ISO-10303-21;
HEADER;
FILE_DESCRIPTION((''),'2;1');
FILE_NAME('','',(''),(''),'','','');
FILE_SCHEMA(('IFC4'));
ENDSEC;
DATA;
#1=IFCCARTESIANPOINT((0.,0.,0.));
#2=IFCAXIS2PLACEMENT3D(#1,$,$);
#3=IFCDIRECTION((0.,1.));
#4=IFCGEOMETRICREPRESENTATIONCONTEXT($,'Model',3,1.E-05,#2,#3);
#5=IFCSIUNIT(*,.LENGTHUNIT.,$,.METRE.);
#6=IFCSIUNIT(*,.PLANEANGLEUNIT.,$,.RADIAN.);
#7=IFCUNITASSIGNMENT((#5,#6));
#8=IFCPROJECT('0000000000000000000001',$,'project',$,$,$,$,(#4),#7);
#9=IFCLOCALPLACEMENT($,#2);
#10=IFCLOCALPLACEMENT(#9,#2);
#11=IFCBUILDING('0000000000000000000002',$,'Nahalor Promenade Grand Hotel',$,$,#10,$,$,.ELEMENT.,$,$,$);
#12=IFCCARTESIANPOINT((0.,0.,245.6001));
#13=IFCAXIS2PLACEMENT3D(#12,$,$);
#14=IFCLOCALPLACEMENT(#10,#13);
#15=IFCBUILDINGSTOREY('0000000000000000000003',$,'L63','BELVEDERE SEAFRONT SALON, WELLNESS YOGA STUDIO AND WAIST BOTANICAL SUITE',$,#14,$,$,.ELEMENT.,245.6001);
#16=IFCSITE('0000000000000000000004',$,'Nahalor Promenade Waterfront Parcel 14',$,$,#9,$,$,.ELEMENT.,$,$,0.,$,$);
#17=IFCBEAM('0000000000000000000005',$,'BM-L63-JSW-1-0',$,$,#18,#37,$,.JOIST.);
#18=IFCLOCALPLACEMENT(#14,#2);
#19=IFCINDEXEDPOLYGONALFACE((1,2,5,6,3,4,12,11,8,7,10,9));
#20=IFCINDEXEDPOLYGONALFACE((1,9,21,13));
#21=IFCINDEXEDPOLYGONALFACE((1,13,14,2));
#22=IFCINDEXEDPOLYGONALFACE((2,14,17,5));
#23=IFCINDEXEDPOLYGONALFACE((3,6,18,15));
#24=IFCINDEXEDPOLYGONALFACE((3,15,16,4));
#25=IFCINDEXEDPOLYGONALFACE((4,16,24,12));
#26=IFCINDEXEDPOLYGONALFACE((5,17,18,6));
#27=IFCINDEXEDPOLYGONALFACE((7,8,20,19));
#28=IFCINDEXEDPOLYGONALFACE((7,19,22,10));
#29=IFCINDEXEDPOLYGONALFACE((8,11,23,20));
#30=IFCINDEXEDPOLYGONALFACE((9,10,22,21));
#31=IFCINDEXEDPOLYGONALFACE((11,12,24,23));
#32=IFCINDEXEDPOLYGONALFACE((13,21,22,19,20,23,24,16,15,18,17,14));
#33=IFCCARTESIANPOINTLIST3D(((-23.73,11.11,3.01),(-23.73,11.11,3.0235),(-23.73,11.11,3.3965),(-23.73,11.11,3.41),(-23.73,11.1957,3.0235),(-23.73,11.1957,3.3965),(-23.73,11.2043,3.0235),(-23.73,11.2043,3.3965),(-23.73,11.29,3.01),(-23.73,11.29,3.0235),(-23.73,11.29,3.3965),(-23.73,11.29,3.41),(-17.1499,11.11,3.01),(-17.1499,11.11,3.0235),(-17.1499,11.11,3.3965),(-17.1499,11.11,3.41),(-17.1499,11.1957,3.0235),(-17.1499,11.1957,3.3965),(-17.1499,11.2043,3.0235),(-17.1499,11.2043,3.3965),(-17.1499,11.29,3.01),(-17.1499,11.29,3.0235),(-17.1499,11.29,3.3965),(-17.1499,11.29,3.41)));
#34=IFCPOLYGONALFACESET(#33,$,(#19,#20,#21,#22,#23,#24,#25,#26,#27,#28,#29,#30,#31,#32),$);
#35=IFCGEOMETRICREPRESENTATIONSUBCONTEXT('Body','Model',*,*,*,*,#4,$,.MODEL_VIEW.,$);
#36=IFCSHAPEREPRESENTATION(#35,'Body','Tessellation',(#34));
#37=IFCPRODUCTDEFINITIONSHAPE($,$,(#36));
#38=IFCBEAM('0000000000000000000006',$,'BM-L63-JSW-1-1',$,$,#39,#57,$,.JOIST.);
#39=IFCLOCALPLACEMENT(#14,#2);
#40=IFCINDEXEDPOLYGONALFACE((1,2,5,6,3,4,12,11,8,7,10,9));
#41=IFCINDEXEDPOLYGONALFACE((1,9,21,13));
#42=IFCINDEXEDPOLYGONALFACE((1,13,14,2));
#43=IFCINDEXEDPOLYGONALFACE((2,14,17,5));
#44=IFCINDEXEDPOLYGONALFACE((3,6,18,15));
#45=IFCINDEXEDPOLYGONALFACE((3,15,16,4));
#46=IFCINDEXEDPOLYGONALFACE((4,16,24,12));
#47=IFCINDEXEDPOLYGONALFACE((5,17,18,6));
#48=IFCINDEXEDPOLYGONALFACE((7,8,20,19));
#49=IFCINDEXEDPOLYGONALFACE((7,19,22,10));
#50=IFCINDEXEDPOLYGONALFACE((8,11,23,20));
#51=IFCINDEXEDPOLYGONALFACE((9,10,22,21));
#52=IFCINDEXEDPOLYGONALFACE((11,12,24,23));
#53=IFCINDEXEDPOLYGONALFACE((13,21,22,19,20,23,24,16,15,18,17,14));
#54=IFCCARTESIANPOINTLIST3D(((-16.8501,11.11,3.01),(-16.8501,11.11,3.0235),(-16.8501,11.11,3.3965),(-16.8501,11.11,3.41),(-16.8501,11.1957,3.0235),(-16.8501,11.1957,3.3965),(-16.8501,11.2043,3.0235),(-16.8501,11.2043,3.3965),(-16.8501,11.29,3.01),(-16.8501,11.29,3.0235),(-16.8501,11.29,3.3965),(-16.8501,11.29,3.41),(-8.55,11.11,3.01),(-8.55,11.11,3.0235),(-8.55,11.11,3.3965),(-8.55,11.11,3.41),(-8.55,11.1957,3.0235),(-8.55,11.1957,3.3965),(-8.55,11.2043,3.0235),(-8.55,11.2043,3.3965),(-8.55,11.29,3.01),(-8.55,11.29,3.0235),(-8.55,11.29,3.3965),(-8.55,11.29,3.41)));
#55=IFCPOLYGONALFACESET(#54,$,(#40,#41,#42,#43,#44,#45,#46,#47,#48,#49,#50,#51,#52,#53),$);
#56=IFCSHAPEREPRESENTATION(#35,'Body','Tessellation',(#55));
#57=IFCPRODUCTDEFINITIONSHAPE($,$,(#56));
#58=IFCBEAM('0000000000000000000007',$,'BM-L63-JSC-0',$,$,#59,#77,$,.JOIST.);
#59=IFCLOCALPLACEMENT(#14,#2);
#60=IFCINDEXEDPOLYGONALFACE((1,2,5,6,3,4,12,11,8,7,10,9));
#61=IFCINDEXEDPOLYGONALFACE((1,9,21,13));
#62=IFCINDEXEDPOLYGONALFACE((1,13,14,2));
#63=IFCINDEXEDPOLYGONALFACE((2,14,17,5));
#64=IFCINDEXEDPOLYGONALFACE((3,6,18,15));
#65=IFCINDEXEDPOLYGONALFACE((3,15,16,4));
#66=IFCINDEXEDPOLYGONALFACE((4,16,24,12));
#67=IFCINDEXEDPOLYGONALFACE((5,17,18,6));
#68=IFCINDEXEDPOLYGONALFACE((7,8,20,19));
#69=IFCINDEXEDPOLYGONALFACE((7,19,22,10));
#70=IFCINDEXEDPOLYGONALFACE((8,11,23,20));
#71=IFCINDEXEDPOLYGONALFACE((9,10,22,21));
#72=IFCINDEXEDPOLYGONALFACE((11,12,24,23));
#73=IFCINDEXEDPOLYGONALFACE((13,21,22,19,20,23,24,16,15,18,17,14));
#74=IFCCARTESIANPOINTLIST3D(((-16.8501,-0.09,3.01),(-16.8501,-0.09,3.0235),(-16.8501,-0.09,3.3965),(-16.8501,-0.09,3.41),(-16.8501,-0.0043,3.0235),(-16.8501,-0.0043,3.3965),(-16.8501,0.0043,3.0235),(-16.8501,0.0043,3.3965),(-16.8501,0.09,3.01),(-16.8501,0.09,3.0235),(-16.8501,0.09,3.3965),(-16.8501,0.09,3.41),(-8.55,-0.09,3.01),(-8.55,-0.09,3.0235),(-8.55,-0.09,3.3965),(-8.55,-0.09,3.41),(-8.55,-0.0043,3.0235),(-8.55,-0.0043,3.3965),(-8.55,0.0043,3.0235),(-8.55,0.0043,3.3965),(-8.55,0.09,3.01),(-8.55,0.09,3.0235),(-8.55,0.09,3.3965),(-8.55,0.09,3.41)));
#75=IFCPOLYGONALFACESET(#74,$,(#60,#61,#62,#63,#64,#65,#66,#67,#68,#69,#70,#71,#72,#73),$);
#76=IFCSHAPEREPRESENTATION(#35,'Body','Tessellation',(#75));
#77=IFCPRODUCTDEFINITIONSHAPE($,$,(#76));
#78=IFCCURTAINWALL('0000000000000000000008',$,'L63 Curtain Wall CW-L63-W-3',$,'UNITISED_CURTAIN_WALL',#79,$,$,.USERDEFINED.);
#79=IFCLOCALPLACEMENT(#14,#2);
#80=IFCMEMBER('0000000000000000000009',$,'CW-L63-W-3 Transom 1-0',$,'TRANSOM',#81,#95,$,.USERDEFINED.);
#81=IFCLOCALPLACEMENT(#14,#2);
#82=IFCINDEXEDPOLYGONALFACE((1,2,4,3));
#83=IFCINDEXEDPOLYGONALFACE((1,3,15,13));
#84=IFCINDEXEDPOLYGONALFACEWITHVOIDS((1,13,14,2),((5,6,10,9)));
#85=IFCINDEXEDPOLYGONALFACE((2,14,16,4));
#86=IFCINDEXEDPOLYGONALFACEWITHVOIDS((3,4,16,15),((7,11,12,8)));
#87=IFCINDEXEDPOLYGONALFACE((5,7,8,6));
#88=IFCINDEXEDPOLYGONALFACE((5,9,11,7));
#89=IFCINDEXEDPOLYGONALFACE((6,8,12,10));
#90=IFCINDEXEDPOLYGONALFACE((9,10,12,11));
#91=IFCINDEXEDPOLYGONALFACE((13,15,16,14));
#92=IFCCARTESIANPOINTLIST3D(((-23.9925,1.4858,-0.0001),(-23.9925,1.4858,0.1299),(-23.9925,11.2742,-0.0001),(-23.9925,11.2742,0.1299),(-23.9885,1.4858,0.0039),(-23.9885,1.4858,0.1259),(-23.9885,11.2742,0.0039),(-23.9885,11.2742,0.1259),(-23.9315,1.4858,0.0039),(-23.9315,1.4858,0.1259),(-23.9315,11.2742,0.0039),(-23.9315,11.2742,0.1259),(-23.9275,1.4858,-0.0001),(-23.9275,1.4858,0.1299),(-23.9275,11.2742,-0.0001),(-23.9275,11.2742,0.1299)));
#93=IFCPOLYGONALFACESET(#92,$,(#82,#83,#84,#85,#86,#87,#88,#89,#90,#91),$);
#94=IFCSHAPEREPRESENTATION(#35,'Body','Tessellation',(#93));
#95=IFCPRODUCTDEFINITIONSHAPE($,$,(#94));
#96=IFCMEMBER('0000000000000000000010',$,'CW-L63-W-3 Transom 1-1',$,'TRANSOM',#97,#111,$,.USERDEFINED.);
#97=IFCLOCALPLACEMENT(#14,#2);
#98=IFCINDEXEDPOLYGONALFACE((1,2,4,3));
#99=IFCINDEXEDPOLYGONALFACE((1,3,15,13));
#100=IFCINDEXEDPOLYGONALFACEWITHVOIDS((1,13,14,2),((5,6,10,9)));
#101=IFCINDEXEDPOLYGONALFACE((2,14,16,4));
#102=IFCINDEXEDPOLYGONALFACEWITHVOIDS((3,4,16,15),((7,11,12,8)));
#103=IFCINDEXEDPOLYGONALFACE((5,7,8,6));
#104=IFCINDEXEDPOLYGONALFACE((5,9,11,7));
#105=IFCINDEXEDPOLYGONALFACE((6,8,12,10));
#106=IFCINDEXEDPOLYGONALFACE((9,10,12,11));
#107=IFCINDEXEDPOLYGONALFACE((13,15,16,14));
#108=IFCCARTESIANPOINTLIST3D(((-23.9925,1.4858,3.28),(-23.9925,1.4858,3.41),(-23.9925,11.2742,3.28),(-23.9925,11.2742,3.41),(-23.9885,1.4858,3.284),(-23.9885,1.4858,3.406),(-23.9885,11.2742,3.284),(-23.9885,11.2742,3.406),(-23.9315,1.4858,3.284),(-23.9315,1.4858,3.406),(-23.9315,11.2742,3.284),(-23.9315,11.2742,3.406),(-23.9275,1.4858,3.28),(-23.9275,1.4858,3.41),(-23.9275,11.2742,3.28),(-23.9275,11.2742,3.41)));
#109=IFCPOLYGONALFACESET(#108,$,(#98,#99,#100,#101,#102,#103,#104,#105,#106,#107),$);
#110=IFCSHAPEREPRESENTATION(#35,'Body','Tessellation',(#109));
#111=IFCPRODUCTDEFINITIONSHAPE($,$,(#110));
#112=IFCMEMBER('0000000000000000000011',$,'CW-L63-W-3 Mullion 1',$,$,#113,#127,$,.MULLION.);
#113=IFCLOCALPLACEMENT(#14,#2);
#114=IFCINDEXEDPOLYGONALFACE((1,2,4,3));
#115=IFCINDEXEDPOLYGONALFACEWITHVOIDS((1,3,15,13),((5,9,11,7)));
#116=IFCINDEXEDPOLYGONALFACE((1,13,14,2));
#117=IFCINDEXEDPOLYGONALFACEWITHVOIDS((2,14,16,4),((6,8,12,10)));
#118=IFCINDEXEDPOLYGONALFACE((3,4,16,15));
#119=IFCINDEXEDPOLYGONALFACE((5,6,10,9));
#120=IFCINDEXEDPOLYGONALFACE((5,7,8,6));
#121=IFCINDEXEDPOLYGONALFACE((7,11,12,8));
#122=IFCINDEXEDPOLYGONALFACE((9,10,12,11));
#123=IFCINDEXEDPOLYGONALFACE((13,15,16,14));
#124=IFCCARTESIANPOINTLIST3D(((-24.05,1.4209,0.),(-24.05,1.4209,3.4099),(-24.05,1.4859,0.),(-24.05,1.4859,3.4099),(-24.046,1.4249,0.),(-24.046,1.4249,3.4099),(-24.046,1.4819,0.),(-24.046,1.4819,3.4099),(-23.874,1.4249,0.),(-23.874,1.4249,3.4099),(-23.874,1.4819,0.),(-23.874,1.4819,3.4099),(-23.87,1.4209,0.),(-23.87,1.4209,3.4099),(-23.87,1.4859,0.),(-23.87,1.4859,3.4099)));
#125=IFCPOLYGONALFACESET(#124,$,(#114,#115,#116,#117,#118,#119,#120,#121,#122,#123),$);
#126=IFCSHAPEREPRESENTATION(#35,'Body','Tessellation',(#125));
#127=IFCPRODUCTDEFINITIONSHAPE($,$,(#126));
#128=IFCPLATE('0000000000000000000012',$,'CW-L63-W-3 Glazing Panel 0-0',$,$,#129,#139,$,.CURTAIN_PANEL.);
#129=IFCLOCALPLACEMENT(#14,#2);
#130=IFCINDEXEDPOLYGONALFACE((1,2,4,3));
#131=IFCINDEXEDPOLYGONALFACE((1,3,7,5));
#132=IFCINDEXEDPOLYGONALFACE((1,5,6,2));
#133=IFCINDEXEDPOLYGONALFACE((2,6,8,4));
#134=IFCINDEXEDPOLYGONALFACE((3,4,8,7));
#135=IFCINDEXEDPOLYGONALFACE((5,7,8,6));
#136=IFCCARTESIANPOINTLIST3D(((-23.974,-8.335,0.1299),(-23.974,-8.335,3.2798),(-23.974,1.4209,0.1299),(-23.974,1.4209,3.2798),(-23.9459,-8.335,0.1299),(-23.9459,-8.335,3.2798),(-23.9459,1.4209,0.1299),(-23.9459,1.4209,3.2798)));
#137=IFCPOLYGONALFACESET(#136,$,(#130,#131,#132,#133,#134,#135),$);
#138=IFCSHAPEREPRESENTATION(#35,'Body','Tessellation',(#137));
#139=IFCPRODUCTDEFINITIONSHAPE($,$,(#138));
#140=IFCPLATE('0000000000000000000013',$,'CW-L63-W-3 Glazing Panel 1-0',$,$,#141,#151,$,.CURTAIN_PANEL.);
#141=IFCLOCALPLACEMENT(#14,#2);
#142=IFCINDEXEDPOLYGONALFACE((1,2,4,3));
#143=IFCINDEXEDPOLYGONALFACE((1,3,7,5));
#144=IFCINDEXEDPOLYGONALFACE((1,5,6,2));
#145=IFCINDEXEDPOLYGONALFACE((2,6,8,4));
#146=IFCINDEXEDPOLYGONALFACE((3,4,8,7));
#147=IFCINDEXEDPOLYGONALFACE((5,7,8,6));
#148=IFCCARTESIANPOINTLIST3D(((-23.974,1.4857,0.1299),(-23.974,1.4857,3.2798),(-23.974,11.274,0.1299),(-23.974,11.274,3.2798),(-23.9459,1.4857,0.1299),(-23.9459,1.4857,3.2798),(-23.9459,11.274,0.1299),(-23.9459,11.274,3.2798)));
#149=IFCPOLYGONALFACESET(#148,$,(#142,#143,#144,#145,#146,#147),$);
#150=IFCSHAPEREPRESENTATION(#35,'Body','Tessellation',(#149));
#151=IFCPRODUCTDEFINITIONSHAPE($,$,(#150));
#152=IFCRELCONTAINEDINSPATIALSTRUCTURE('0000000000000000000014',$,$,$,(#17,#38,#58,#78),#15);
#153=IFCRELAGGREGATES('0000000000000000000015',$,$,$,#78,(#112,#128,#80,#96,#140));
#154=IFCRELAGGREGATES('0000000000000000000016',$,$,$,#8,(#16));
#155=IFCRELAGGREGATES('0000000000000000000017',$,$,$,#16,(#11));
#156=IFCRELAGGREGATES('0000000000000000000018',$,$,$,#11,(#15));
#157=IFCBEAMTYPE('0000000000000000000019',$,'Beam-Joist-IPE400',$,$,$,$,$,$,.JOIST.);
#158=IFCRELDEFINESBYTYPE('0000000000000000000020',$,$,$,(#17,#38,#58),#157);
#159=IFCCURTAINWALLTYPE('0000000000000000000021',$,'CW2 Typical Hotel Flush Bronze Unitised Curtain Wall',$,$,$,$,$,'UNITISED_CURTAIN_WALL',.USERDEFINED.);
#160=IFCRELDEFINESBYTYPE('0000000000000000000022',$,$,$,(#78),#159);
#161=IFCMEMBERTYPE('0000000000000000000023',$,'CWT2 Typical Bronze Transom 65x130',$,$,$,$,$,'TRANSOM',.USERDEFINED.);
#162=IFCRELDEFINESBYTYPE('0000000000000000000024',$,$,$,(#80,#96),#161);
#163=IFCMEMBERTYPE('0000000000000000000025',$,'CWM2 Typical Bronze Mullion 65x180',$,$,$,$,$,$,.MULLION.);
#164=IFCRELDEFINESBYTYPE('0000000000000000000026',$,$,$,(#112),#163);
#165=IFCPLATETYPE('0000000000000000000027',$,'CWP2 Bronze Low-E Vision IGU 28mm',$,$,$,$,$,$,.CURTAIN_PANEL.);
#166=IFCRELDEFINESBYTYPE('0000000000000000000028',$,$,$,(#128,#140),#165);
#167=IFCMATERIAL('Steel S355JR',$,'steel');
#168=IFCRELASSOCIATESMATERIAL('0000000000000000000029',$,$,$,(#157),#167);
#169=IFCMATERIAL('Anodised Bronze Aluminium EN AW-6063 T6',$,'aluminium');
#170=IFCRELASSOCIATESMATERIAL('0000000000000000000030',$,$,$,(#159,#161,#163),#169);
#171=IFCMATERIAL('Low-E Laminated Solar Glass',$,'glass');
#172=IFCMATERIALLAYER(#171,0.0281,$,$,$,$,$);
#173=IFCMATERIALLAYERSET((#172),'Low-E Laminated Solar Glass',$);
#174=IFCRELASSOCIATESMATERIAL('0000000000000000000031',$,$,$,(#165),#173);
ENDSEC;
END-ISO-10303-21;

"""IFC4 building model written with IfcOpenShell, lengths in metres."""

from ifc_helpers import new_model, si_unit, direction, frame, origin, origin_2d, place, context, subcontext, project, spatial, rectangle, hollow_rectangle, i_section, extrude, source, transform, mapped, material, layer, layer_set, material_profile, profile_set, type_object, element, aggregate, save


model = new_model("IFC4")

# Units and contexts
model_context = context("Model", 3, precision=1e-05, world=origin(), true_north=direction((0.0, 1.0)))
body_context = subcontext(model_context, "Body", "Model", "MODEL_VIEW")
ifc_project = project(units=[si_unit("LENGTHUNIT", "METRE"), si_unit("PLANEANGLEUNIT", "RADIAN")], contexts=[model_context])

# Site, building, storey
site_placement = place(None, origin())
site = spatial("IfcSite", under=ifc_project, at=site_placement, Name="Nahalor Promenade Waterfront Parcel 14", CompositionType="ELEMENT", RefElevation=0.0)
building_placement = place(site_placement, origin())
building = spatial("IfcBuilding", under=site, at=building_placement, Name="Nahalor Promenade Grand Hotel", CompositionType="ELEMENT")
storey_placement = place(building_placement, frame((0.0, 0.0, 245.6001)))
storey = spatial("IfcBuildingStorey", under=building, at=storey_placement, Name="L63", Description="BELVEDERE SEAFRONT SALON, WELLNESS YOGA STUDIO AND WAIST BOTANICAL SUITE", CompositionType="ELEMENT", Elevation=245.6001)

# Shared definitions
ifc_material_1 = material(Name="Steel S355JR", Category="steel")

# Beams
ifc_material_profile_1 = material_profile(ifc_material_1, i_section(OverallWidth=0.18, OverallDepth=0.4, WebThickness=0.0086, FlangeThickness=0.0135, at=origin_2d()), Name="IPE 400")
ifc_profile_set_1 = profile_set([ifc_material_profile_1], Name="Steel S355JR")
beam_type_1 = type_object("IfcBeamType", Name="Beam-Joist-IPE400", PredefinedType="JOIST", material=ifc_profile_set_1)
shared_shape_1 = source(origin(), body_context, "Body", "SweptSolid", [
    extrude(i_section(OverallWidth=0.18, OverallDepth=0.4, WebThickness=0.0086, FlangeThickness=0.0135, at=origin_2d()), origin(), (0.0, 0.0, 1.0), 6.5801),
])
beam_1_placement = place(storey_placement, frame((-23.73, 11.2, 3.21), z_axis=(1.0, 0.0, 0.0), x_axis=(0.0, 1.0, 0.0)))
element("IfcBeam", 1, at=beam_1_placement, inside=storey, type_object=beam_type_1, Name="BM-L63-JSW-1-0", PredefinedType="JOIST", context=body_context, shape_type="MappedRepresentation", body=[
    mapped(shared_shape_1, transform((0.0, 0.0, 0.0), scale=1.0)),
])
shared_shape_2 = source(origin(), body_context, "Body", "SweptSolid", [
    extrude(i_section(OverallWidth=0.18, OverallDepth=0.4, WebThickness=0.0086, FlangeThickness=0.0135, at=origin_2d()), origin(), (0.0, 0.0, 1.0), 8.3),
])
for number, where, z_axis, x_axis, name in (
    (2, (-16.8501, 11.2, 3.21), (1.0, 0.0, 0.0), (0.0, 1.0, 0.0), "BM-L63-JSW-1-1"),
    (3, (-16.8501, 0.0, 3.21), (1.0, 0.0, 0.0), (0.0, 1.0, 0.0), "BM-L63-JSC-0"),
):
    element("IfcBeam", number, at=place(storey_placement, frame(where, z_axis=z_axis, x_axis=x_axis)), inside=storey, type_object=beam_type_1, Name=name, PredefinedType="JOIST", context=body_context, shape_type="MappedRepresentation", body=[
        mapped(shared_shape_2, transform((0.0, 0.0, 0.0), scale=1.0)),
    ])

# Curtain wall, members, plates
ifc_material_2 = material(Name="Anodised Bronze Aluminium EN AW-6063 T6", Category="aluminium")
curtain_wall_type = type_object("IfcCurtainWallType", Name="CW2 Typical Hotel Flush Bronze Unitised Curtain Wall", ElementType="UNITISED_CURTAIN_WALL", PredefinedType="USERDEFINED", material=ifc_material_2)
curtain_wall_placement = place(storey_placement, origin())
curtain_wall = element("IfcCurtainWall", 4, at=curtain_wall_placement, inside=storey, type_object=curtain_wall_type, Name="L63 Curtain Wall CW-L63-W-3", ObjectType="UNITISED_CURTAIN_WALL", PredefinedType="USERDEFINED")
ifc_material_profile_2 = material_profile(ifc_material_2, hollow_rectangle(XDim=0.065, YDim=0.13, WallThickness=0.004, at=origin_2d()), Name="CWT 65x130x4")
ifc_profile_set_2 = profile_set([ifc_material_profile_2], Name="Anodised Bronze Aluminium EN AW-6063 T6")
member_type_1 = type_object("IfcMemberType", Name="CWT2 Typical Bronze Transom 65x130", ElementType="TRANSOM", PredefinedType="USERDEFINED", material=ifc_profile_set_2)
shared_shape_3 = source(origin(), body_context, "Body", "SweptSolid", [
    extrude(hollow_rectangle(XDim=0.065, YDim=0.13, WallThickness=0.004, at=origin_2d()), origin(), (0.0, 0.0, 1.0), 9.7883),
])
member_1_placement = place(storey_placement, frame((-23.96, 1.4858, 0.0649), z_axis=(0.0, 1.0, 0.0), x_axis=(-1.0, 0.0, 0.0)))
member_1 = element("IfcMember", 5, at=member_1_placement, type_object=member_type_1, Name="CW-L63-W-3 Transom 1-0", ObjectType="TRANSOM", PredefinedType="USERDEFINED", context=body_context, shape_type="MappedRepresentation", body=[
    mapped(shared_shape_3, transform((0.0, 0.0, 0.0), scale=1.0)),
])
member_2_placement = place(storey_placement, frame((-23.96, 1.4858, 3.345), z_axis=(0.0, 1.0, 0.0), x_axis=(-1.0, 0.0, 0.0)))
member_2 = element("IfcMember", 6, at=member_2_placement, type_object=member_type_1, Name="CW-L63-W-3 Transom 1-1", ObjectType="TRANSOM", PredefinedType="USERDEFINED", context=body_context, shape_type="MappedRepresentation", body=[
    mapped(shared_shape_3, transform((0.0, 0.0, 0.0), scale=1.0)),
])
ifc_material_profile_3 = material_profile(ifc_material_2, hollow_rectangle(XDim=0.065, YDim=0.18, WallThickness=0.004, at=origin_2d()), Name="CWM 65x180x4")
ifc_profile_set_3 = profile_set([ifc_material_profile_3], Name="Anodised Bronze Aluminium EN AW-6063 T6")
member_type_2 = type_object("IfcMemberType", Name="CWM2 Typical Bronze Mullion 65x180", PredefinedType="MULLION", material=ifc_profile_set_3)
shared_shape_4 = source(origin(), body_context, "Body", "SweptSolid", [
    extrude(hollow_rectangle(XDim=0.065, YDim=0.18, WallThickness=0.004, at=origin_2d()), origin(), (0.0, 0.0, 1.0), 3.4099),
])
member_3_placement = place(storey_placement, frame((-23.96, 1.4534, 0.0), z_axis=(0.0, 0.0, 1.0), x_axis=(0.0, 1.0, 0.0)))
member_3 = element("IfcMember", 7, at=member_3_placement, type_object=member_type_2, Name="CW-L63-W-3 Mullion 1", PredefinedType="MULLION", context=body_context, shape_type="MappedRepresentation", body=[
    mapped(shared_shape_4, transform((0.0, 0.0, 0.0), scale=1.0)),
])
ifc_material_3 = material(Name="Low-E Laminated Solar Glass", Category="glass")
ifc_layer_1 = layer(ifc_material_3, 0.0281)
ifc_layer_set_1 = layer_set([ifc_layer_1], Name="Low-E Laminated Solar Glass")
plate_type = type_object("IfcPlateType", Name="CWP2 Bronze Low-E Vision IGU 28mm", PredefinedType="CURTAIN_PANEL", material=ifc_layer_set_1)
shared_shape_5 = source(origin(), body_context, "Body", "SweptSolid", [
    extrude(rectangle(XDim=9.7559, YDim=0.0281, at=origin_2d()), origin(), (0.0, 0.0, 1.0), 3.1499),
])
plate_1_placement = place(storey_placement, frame((-23.96, -3.457, 0.1299), z_axis=(0.0, 0.0, 1.0), x_axis=(0.0, 1.0, 0.0)))
plate_1 = element("IfcPlate", 8, at=plate_1_placement, type_object=plate_type, Name="CW-L63-W-3 Glazing Panel 0-0", PredefinedType="CURTAIN_PANEL", context=body_context, shape_type="MappedRepresentation", body=[
    mapped(shared_shape_5, transform((0.0, 0.0, 0.0), scale=1.0)),
])
shared_shape_6 = source(origin(), body_context, "Body", "SweptSolid", [
    extrude(rectangle(XDim=9.7883, YDim=0.0281, at=origin_2d()), origin(), (0.0, 0.0, 1.0), 3.1499),
])
plate_2_placement = place(storey_placement, frame((-23.96, 6.3799, 0.1299), z_axis=(0.0, 0.0, 1.0), x_axis=(0.0, 1.0, 0.0)))
plate_2 = element("IfcPlate", 9, at=plate_2_placement, type_object=plate_type, Name="CW-L63-W-3 Glazing Panel 1-0", PredefinedType="CURTAIN_PANEL", context=body_context, shape_type="MappedRepresentation", body=[
    mapped(shared_shape_6, transform((0.0, 0.0, 0.0), scale=1.0)),
])
aggregate(curtain_wall, [member_3, plate_1, member_1, member_2, plate_2])

save(model, "model.ifc")
